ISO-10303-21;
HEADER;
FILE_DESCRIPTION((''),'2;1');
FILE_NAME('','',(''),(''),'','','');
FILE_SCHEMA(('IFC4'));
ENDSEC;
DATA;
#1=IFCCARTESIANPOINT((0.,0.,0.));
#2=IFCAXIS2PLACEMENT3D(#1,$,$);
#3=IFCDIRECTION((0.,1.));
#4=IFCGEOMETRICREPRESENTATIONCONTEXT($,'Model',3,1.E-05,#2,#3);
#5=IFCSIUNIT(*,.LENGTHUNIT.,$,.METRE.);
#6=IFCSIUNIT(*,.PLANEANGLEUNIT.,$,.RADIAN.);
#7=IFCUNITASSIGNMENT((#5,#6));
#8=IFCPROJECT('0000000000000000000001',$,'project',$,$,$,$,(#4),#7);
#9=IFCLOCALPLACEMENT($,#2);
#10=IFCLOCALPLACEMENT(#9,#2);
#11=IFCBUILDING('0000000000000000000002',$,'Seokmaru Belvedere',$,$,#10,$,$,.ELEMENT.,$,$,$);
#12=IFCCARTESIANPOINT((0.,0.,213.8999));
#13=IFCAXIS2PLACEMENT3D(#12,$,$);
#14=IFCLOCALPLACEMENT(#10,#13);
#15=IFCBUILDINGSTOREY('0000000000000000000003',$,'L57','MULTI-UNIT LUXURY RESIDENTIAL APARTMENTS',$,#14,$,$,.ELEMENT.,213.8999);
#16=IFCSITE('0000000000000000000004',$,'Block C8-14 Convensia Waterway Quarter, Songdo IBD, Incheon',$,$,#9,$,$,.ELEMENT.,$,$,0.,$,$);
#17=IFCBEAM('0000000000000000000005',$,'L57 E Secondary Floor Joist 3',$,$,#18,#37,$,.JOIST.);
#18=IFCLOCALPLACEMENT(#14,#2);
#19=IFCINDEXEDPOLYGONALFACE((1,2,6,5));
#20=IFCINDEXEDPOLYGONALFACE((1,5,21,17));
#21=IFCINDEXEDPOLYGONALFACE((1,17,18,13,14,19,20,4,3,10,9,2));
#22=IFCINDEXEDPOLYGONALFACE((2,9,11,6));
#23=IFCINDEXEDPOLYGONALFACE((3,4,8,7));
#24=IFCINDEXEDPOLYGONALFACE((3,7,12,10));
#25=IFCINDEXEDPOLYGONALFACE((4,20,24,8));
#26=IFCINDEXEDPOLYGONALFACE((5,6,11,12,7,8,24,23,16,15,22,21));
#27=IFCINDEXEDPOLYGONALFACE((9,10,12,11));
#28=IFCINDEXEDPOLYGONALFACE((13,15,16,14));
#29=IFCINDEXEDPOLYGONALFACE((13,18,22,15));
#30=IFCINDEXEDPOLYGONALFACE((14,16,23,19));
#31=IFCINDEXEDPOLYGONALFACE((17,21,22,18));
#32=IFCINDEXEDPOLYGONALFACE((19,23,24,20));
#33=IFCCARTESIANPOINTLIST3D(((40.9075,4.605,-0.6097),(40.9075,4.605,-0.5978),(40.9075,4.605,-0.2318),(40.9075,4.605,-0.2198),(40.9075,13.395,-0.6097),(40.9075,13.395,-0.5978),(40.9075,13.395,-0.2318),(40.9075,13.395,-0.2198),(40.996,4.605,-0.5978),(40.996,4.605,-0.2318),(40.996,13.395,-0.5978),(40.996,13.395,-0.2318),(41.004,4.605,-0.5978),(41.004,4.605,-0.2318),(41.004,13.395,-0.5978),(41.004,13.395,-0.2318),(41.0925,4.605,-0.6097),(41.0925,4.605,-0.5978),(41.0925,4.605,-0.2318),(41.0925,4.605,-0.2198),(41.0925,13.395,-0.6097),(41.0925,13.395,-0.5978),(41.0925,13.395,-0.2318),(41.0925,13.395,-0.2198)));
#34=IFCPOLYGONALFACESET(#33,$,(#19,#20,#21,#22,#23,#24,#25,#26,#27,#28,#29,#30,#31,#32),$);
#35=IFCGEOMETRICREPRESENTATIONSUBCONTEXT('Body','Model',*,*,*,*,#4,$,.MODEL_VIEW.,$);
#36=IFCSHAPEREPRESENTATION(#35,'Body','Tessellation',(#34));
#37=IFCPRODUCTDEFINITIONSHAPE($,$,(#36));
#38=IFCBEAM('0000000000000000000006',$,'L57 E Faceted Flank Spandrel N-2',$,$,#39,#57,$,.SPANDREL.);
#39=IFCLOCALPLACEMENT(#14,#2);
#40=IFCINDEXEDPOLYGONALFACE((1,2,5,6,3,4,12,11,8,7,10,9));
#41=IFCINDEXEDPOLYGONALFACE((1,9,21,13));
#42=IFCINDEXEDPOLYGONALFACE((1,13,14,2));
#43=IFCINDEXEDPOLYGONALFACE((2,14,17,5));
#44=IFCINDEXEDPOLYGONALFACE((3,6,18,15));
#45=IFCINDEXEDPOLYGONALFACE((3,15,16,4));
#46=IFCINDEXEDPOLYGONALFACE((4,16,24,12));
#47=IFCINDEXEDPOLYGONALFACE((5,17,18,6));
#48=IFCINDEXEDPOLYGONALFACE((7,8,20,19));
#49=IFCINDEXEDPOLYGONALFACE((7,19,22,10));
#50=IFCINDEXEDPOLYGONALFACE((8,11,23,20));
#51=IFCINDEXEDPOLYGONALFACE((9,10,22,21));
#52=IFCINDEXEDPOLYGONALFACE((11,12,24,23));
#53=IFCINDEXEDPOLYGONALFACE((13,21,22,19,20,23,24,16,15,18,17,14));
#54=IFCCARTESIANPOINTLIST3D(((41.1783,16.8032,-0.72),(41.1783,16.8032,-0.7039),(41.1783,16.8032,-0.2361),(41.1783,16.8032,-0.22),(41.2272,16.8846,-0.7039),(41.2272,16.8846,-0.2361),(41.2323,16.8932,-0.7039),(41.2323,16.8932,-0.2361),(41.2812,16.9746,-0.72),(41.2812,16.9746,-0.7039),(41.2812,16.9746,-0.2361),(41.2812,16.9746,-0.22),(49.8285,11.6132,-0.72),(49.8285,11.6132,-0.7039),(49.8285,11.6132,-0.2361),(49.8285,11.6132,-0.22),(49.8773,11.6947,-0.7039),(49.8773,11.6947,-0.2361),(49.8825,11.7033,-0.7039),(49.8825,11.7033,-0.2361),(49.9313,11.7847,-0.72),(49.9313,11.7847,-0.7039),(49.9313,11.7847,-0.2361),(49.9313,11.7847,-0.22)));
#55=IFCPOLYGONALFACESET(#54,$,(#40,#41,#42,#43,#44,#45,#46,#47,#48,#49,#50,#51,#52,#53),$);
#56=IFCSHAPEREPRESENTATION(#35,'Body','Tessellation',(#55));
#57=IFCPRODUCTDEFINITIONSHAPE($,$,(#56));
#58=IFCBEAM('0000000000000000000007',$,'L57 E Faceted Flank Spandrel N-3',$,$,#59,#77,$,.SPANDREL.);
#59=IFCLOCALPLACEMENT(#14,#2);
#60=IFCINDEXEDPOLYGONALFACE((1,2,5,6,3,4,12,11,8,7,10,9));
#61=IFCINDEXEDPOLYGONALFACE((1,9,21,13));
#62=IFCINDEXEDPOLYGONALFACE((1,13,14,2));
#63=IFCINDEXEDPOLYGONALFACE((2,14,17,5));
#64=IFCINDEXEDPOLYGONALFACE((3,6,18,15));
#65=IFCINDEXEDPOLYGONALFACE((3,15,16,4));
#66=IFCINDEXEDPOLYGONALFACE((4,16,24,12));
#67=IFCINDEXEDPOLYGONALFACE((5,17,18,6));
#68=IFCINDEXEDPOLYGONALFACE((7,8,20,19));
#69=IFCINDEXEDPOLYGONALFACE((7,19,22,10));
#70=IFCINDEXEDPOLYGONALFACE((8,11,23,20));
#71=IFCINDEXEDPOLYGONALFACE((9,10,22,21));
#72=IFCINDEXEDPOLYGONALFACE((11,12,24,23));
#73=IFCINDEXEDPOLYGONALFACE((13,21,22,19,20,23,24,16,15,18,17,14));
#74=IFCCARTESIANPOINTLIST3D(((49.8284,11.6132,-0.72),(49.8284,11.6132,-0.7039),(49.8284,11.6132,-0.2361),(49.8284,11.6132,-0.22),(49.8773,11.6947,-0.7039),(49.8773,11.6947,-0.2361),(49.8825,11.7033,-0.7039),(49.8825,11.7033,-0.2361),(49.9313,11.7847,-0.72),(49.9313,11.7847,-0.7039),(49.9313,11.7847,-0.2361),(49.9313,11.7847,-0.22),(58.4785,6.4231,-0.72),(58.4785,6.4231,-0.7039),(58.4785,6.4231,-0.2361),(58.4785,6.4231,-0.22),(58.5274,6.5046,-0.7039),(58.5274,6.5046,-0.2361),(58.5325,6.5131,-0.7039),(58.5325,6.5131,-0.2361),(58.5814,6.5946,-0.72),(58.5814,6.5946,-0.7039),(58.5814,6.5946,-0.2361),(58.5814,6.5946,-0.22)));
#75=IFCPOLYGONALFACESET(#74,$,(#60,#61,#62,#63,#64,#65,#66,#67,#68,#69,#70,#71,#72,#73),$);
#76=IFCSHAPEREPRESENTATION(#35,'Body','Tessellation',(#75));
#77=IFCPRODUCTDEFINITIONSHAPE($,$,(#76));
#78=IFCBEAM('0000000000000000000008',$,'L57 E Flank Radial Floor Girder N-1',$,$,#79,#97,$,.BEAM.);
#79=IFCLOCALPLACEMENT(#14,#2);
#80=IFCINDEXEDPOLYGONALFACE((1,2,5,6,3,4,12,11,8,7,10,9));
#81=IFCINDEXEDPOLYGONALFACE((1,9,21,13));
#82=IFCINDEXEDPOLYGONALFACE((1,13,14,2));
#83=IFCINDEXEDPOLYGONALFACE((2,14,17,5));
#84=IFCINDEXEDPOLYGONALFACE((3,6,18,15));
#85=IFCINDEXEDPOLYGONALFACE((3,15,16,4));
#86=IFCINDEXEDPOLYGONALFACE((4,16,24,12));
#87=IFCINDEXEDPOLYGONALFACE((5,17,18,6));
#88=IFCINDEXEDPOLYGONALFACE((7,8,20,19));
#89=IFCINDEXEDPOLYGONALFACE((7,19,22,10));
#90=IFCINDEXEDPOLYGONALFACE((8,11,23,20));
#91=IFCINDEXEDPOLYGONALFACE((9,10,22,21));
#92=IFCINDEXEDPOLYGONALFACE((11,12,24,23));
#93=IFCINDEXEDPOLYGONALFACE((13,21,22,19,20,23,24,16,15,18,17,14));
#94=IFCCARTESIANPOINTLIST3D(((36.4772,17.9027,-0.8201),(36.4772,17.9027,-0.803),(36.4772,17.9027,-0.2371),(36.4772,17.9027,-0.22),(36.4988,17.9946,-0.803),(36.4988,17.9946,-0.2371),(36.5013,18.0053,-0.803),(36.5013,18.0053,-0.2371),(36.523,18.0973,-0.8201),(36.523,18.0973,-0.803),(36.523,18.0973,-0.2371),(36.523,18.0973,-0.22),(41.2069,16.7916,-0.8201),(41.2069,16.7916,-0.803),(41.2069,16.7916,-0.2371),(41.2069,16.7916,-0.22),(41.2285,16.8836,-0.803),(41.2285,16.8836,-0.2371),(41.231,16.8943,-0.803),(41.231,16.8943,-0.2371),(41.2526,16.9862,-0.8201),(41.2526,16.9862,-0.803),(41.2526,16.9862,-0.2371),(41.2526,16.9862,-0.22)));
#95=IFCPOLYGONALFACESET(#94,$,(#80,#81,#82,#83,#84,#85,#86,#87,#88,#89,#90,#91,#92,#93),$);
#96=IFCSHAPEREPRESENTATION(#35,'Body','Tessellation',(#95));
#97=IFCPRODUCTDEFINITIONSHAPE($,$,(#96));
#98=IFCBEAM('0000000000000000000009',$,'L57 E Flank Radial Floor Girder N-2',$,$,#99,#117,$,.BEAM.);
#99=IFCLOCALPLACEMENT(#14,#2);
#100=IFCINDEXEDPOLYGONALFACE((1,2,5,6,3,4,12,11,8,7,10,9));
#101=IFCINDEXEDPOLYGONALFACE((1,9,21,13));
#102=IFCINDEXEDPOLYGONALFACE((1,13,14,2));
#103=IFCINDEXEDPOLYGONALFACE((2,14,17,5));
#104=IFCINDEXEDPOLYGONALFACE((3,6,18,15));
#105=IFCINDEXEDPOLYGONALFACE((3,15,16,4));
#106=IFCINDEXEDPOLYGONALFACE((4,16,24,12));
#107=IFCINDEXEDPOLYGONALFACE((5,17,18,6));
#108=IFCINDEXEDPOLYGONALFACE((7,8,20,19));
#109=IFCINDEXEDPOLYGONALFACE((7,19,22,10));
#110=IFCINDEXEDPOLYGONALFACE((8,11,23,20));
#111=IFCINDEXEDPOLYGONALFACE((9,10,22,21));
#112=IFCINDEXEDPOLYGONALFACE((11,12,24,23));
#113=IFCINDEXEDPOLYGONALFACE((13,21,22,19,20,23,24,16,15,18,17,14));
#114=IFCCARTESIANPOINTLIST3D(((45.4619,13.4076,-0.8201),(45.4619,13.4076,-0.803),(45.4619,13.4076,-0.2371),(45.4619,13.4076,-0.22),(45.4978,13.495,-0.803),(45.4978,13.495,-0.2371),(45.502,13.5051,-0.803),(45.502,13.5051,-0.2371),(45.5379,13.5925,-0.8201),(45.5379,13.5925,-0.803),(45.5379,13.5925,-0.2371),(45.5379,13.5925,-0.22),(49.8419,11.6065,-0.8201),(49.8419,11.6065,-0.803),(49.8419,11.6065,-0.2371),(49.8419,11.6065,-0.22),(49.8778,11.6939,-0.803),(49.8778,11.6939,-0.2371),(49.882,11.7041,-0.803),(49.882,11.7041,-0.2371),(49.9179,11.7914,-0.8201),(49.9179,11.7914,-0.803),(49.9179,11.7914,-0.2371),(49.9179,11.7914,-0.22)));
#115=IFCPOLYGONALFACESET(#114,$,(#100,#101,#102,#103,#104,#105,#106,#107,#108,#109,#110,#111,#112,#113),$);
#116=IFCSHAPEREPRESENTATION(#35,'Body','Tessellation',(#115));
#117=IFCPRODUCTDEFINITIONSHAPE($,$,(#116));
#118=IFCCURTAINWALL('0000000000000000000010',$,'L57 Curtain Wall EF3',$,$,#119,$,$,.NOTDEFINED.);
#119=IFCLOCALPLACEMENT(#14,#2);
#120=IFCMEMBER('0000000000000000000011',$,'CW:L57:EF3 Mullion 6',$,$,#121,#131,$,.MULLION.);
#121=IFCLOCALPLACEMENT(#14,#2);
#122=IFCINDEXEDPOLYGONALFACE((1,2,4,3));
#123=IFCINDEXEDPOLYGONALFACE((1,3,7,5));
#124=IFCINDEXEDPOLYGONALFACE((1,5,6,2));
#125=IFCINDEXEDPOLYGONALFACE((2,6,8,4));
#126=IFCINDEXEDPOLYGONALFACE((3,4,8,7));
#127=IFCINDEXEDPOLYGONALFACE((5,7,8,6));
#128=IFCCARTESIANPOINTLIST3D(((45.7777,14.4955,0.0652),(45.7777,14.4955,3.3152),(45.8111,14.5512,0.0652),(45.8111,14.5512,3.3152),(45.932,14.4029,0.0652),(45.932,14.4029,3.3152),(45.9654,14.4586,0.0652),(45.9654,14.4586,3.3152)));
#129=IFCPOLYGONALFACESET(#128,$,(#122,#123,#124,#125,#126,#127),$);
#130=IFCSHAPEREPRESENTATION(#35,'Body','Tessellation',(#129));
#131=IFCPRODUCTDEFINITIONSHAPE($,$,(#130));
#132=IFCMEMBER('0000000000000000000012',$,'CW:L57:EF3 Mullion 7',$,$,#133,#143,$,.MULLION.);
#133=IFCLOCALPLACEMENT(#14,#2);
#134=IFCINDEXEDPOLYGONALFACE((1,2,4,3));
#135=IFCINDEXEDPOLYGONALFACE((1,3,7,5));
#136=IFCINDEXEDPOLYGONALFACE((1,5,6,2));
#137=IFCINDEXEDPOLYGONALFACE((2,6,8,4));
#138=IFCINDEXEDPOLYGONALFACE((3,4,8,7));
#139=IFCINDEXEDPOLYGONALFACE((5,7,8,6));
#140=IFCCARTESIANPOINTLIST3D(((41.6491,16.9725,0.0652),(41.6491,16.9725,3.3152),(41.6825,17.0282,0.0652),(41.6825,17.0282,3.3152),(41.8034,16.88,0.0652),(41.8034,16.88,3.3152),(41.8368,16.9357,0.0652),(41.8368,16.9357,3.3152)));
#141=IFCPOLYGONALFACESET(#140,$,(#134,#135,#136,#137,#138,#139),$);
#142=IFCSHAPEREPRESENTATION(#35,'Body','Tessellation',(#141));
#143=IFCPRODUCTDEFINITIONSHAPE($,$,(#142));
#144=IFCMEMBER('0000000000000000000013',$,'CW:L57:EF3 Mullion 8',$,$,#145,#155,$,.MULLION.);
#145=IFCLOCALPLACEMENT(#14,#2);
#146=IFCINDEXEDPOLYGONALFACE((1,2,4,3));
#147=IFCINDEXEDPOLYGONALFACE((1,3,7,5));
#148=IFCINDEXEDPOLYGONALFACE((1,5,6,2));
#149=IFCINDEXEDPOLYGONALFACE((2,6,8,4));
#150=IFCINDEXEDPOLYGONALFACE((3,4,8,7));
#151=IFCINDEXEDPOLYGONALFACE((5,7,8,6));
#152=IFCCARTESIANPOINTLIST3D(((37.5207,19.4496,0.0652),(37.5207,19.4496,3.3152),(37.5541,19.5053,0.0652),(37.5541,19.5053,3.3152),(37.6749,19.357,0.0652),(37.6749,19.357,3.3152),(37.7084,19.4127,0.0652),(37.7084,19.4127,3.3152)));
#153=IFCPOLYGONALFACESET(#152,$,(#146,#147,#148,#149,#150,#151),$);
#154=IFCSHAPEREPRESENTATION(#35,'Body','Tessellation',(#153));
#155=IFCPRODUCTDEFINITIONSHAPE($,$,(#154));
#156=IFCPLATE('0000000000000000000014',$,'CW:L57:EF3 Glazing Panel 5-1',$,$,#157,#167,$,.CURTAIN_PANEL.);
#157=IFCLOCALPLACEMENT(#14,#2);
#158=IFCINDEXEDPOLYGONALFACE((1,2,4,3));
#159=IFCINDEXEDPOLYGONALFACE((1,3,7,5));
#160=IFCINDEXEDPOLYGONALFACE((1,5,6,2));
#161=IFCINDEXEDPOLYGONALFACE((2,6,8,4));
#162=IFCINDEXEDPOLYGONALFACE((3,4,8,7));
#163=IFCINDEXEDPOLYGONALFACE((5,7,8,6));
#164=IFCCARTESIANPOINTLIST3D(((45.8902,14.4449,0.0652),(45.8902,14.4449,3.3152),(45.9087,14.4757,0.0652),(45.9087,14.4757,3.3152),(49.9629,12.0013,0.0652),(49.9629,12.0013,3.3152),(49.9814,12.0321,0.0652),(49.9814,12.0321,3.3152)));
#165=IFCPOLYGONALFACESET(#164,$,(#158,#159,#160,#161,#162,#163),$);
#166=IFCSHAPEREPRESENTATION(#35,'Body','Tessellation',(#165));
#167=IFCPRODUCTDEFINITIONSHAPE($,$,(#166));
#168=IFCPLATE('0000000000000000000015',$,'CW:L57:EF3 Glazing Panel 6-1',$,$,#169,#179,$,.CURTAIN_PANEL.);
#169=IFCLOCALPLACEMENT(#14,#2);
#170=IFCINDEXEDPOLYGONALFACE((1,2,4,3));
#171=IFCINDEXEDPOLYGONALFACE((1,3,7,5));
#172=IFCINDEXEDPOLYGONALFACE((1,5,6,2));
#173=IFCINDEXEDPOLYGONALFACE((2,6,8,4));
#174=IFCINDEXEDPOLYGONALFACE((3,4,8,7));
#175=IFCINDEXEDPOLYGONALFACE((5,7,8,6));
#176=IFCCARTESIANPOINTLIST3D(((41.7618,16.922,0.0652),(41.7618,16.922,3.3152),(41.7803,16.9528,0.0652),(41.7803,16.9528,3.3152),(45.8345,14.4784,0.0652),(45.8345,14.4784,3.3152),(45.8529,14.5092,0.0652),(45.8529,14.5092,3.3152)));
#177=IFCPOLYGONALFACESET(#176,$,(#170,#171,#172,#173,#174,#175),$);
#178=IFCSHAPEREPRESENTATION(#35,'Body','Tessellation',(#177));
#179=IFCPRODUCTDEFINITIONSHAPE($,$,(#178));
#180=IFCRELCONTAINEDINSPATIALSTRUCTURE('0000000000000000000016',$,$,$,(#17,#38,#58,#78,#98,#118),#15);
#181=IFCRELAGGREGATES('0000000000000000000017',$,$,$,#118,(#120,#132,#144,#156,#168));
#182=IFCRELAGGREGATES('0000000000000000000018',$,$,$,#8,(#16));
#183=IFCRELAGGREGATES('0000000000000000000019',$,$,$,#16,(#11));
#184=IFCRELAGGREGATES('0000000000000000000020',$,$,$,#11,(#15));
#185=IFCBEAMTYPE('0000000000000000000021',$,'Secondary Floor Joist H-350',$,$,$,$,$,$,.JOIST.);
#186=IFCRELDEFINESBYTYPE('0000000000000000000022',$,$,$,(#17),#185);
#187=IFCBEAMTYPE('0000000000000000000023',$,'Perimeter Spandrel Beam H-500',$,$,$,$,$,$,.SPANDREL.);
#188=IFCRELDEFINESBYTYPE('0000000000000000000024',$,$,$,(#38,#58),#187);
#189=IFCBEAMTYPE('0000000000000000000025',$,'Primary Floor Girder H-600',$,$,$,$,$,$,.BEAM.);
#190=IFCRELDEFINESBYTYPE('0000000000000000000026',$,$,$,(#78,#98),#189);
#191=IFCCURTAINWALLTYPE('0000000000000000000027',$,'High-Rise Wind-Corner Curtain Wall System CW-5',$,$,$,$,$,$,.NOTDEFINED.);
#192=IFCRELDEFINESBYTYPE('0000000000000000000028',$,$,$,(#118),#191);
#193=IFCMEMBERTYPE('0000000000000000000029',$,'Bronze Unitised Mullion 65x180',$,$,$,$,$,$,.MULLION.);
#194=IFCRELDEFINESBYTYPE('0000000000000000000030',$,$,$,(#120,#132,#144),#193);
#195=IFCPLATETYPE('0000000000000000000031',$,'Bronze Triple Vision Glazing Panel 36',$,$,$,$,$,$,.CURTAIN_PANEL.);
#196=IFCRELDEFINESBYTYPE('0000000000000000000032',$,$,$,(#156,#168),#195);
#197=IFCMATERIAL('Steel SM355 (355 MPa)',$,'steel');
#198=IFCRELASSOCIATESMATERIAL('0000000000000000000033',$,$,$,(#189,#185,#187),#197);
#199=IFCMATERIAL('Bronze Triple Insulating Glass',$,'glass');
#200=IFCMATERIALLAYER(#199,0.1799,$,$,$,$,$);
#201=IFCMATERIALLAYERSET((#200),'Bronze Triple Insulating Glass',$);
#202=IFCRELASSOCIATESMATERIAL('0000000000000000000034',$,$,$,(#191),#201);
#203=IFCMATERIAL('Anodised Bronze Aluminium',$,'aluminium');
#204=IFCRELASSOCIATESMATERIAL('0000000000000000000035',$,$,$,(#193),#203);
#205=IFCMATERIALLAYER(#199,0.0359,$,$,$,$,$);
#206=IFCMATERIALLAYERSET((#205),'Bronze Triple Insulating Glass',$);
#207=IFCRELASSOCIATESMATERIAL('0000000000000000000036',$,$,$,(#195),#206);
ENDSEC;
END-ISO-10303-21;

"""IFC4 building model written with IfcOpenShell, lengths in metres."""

from ifc_helpers import new_model, si_unit, direction, frame, origin, origin_2d, place, context, subcontext, project, spatial, rectangle, i_section, extrude, source, transform, mapped, material, layer, layer_set, material_profile, profile_set, type_object, type_shapes, element, aggregate, save


model = new_model("IFC4")

# Units and contexts
model_context = context("Model", 3, precision=1e-05, world=origin(), true_north=direction((0.0, 1.0)))
body_context = subcontext(model_context, "Body", "Model", "MODEL_VIEW")
ifc_project = project(units=[si_unit("LENGTHUNIT", "METRE"), si_unit("PLANEANGLEUNIT", "RADIAN")], contexts=[model_context])

# Site, building, storey
site_placement = place(None, origin())
site = spatial("IfcSite", under=ifc_project, at=site_placement, Name="Block C8-14 Convensia Waterway Quarter, Songdo IBD, Incheon", CompositionType="ELEMENT", RefElevation=0.0)
building_placement = place(site_placement, origin())
building = spatial("IfcBuilding", under=site, at=building_placement, Name="Seokmaru Belvedere", CompositionType="ELEMENT")
storey_placement = place(building_placement, frame((0.0, 0.0, 213.8999)))
storey = spatial("IfcBuildingStorey", under=building, at=storey_placement, Name="L57", Description="MULTI-UNIT LUXURY RESIDENTIAL APARTMENTS", CompositionType="ELEMENT", Elevation=213.8999)

# Shared definitions
ifc_material_1 = material(Name="Steel SM355 (355 MPa)", Category="steel")

# Beams
ifc_material_profile_1 = material_profile(ifc_material_1, i_section(OverallWidth=0.2, OverallDepth=0.6001, WebThickness=0.011, FlangeThickness=0.0171, at=origin_2d()), Name="H-600x200x11x17")
ifc_profile_set_1 = profile_set([ifc_material_profile_1], Name="Steel SM355 (355 MPa)")
beam_type_1 = type_object("IfcBeamType", Name="Primary Floor Girder H-600", PredefinedType="BEAM", material=ifc_profile_set_1)
ifc_material_profile_2 = material_profile(ifc_material_1, i_section(OverallWidth=0.1851, OverallDepth=0.3899, WebThickness=0.0081, FlangeThickness=0.012, at=origin_2d()), Name="H-390x185x8x12")
ifc_profile_set_2 = profile_set([ifc_material_profile_2], Name="Steel SM355 (355 MPa)")
beam_type_2 = type_object("IfcBeamType", Name="Secondary Floor Joist H-350", PredefinedType="JOIST", material=ifc_profile_set_2)
shared_shape_1 = source(origin(), body_context, "Body", "SweptSolid", [
    extrude(i_section(OverallWidth=0.1851, OverallDepth=0.3899, WebThickness=0.0081, FlangeThickness=0.012, at=origin_2d()), origin(), (0.0, 0.0, 1.0), 8.79),
])
type_shapes(beam_type_2, [shared_shape_1])
for number, where, z_axis, x_axis, name in (
    (1, (41.0, 4.605, -0.4148), (0.0, 1.0, 0.0), (-1.0, 0.0, 0.0), "L57 E Secondary Floor Joist 3"),
):
    element("IfcBeam", number, at=place(storey_placement, frame(where, z_axis=z_axis, x_axis=x_axis)), inside=storey, type_object=beam_type_2, Name=name, PredefinedType="JOIST", context=body_context, shape_type="MappedRepresentation", body=[
        mapped(shared_shape_1, transform((0.0, 0.0, 0.0), scale=1.0)),
    ])
ifc_material_profile_3 = material_profile(ifc_material_1, i_section(OverallWidth=0.2, OverallDepth=0.5, WebThickness=0.01, FlangeThickness=0.0161, at=origin_2d()), Name="H-500x200x10x16")
ifc_profile_set_3 = profile_set([ifc_material_profile_3], Name="Steel SM355 (355 MPa)")
beam_type_3 = type_object("IfcBeamType", Name="Perimeter Spandrel Beam H-500", PredefinedType="SPANDREL", material=ifc_profile_set_3)
shared_shape_2 = source(origin(), body_context, "Body", "SweptSolid", [
    extrude(i_section(OverallWidth=0.2, OverallDepth=0.5, WebThickness=0.01, FlangeThickness=0.0161, at=origin_2d()), origin(), (0.0, 0.0, 1.0), 10.0876),
])
type_shapes(beam_type_3, [shared_shape_2])
for number, where, z_axis, x_axis, name in (
    (2, (41.2297, 16.8889, -0.47), (0.857499, -0.514485, 0.0), (0.514485, 0.857499, 0.0), "L57 E Faceted Flank Spandrel N-2"),
    (3, (49.8799, 11.699, -0.47), (0.857489, -0.514503, 0.0), (0.514503, 0.857489, 0.0), "L57 E Faceted Flank Spandrel N-3"),
):
    element("IfcBeam", number, at=place(storey_placement, frame(where, z_axis=z_axis, x_axis=x_axis)), inside=storey, type_object=beam_type_3, Name=name, PredefinedType="SPANDREL", context=body_context, shape_type="MappedRepresentation", body=[
        mapped(shared_shape_2, transform((0.0, 0.0, 0.0), scale=1.0)),
    ])
shared_shape_3 = source(origin(), body_context, "Body", "SweptSolid", [
    extrude(i_section(OverallWidth=0.2, OverallDepth=0.6001, WebThickness=0.011, FlangeThickness=0.0171, at=origin_2d()), origin(), (0.0, 0.0, 1.0), 4.8584),
])
beam_1_placement = place(storey_placement, frame((41.2297, 16.8889, -0.52), z_axis=(-0.973499, 0.228689, 0.0), x_axis=(-0.228689, -0.973499, 0.0)))
element("IfcBeam", 4, at=beam_1_placement, inside=storey, type_object=beam_type_1, Name="L57 E Flank Radial Floor Girder N-1", PredefinedType="BEAM", context=body_context, shape_type="MappedRepresentation", body=[
    mapped(shared_shape_3, transform((0.0, 0.0, 0.0), scale=1.0)),
])
shared_shape_4 = source(origin(), body_context, "Body", "SweptSolid", [
    extrude(i_section(OverallWidth=0.2, OverallDepth=0.6001, WebThickness=0.011, FlangeThickness=0.0171, at=origin_2d()), origin(), (0.0, 0.0, 1.0), 4.7358),
])
beam_2_placement = place(storey_placement, frame((49.8799, 11.699, -0.52), z_axis=(-0.924861, 0.380306, 0.0), x_axis=(-0.380306, -0.924861, 0.0)))
element("IfcBeam", 5, at=beam_2_placement, inside=storey, type_object=beam_type_1, Name="L57 E Flank Radial Floor Girder N-2", PredefinedType="BEAM", context=body_context, shape_type="MappedRepresentation", body=[
    mapped(shared_shape_4, transform((0.0, 0.0, 0.0), scale=1.0)),
])

# Curtain wall, members, plates
ifc_material_2 = material(Name="Bronze Triple Insulating Glass", Category="glass")
ifc_layer_1 = layer(ifc_material_2, 0.1799)
ifc_layer_set_1 = layer_set([ifc_layer_1], Name="Bronze Triple Insulating Glass")
curtain_wall_type = type_object("IfcCurtainWallType", Name="High-Rise Wind-Corner Curtain Wall System CW-5", PredefinedType="NOTDEFINED", material=ifc_layer_set_1)
curtain_wall_placement = place(storey_placement, origin())
curtain_wall = element("IfcCurtainWall", 6, at=curtain_wall_placement, inside=storey, type_object=curtain_wall_type, Name="L57 Curtain Wall EF3", PredefinedType="NOTDEFINED")
ifc_material_3 = material(Name="Anodised Bronze Aluminium", Category="aluminium")
ifc_material_profile_4 = material_profile(ifc_material_3, rectangle(XDim=0.0649, YDim=0.1799, at=origin_2d()), Name="CW-M-65x180")
ifc_profile_set_4 = profile_set([ifc_material_profile_4], Name="Anodised Bronze Aluminium")
member_type = type_object("IfcMemberType", Name="Bronze Unitised Mullion 65x180", PredefinedType="MULLION", material=ifc_profile_set_4)
shared_shape_5 = source(origin(), body_context, "Body", "SweptSolid", [
    extrude(rectangle(XDim=0.0649, YDim=0.1799, at=origin_2d()), origin(), (0.0, 0.0, 1.0), 3.25),
])
type_shapes(member_type, [shared_shape_5])
member_1_placement = place(storey_placement, frame((45.8716, 14.4771, 0.0652), z_axis=(0.0, 0.0, 1.0), x_axis=(-0.514495, -0.857493, 0.0)))
member_1 = element("IfcMember", 7, at=member_1_placement, type_object=member_type, Name="CW:L57:EF3 Mullion 6", PredefinedType="MULLION", context=body_context, shape_type="MappedRepresentation", body=[
    mapped(shared_shape_5, transform((0.0, 0.0, 0.0), scale=1.0)),
])
member_2_placement = place(storey_placement, frame((41.7429, 16.9541, 0.0652), z_axis=(0.0, 0.0, 1.0), x_axis=(-0.514495, -0.857493, 0.0)))
member_2 = element("IfcMember", 8, at=member_2_placement, type_object=member_type, Name="CW:L57:EF3 Mullion 7", PredefinedType="MULLION", context=body_context, shape_type="MappedRepresentation", body=[
    mapped(shared_shape_5, transform((0.0, 0.0, 0.0), scale=1.0)),
])
member_3_placement = place(storey_placement, frame((37.6145, 19.4312, 0.0652), z_axis=(0.0, 0.0, 1.0), x_axis=(-0.514495, -0.857493, 0.0)))
member_3 = element("IfcMember", 9, at=member_3_placement, type_object=member_type, Name="CW:L57:EF3 Mullion 8", PredefinedType="MULLION", context=body_context, shape_type="MappedRepresentation", body=[
    mapped(shared_shape_5, transform((0.0, 0.0, 0.0), scale=1.0)),
])
ifc_layer_2 = layer(ifc_material_2, 0.0359)
ifc_layer_set_2 = layer_set([ifc_layer_2], Name="Bronze Triple Insulating Glass")
plate_type = type_object("IfcPlateType", Name="Bronze Triple Vision Glazing Panel 36", PredefinedType="CURTAIN_PANEL", material=ifc_layer_set_2)
shared_shape_6 = source(origin(), body_context, "Body", "SweptSolid", [
    extrude(rectangle(XDim=4.7495, YDim=0.0359, at=origin_2d()), origin(), (0.0, 0.0, 1.0), 3.25),
])
type_shapes(plate_type, [shared_shape_6])
plate_1_placement = place(storey_placement, frame((47.9358, 13.2385, 0.0652), z_axis=(0.0, 0.0, 1.0), x_axis=(-0.857493, 0.514495, 0.0)))
plate_1 = element("IfcPlate", 10, at=plate_1_placement, type_object=plate_type, Name="CW:L57:EF3 Glazing Panel 5-1", PredefinedType="CURTAIN_PANEL", context=body_context, shape_type="MappedRepresentation", body=[
    mapped(shared_shape_6, transform((0.0, 0.0, 0.0), scale=1.0)),
])
plate_2_placement = place(storey_placement, frame((43.8074, 15.7156, 0.0652), z_axis=(0.0, 0.0, 1.0), x_axis=(-0.857493, 0.514495, 0.0)))
plate_2 = element("IfcPlate", 11, at=plate_2_placement, type_object=plate_type, Name="CW:L57:EF3 Glazing Panel 6-1", PredefinedType="CURTAIN_PANEL", context=body_context, shape_type="MappedRepresentation", body=[
    mapped(shared_shape_6, transform((0.0, 0.0, 0.0), scale=1.0)),
])
aggregate(curtain_wall, [member_1, member_2, member_3, plate_1, plate_2])

save(model, "model.ifc")
